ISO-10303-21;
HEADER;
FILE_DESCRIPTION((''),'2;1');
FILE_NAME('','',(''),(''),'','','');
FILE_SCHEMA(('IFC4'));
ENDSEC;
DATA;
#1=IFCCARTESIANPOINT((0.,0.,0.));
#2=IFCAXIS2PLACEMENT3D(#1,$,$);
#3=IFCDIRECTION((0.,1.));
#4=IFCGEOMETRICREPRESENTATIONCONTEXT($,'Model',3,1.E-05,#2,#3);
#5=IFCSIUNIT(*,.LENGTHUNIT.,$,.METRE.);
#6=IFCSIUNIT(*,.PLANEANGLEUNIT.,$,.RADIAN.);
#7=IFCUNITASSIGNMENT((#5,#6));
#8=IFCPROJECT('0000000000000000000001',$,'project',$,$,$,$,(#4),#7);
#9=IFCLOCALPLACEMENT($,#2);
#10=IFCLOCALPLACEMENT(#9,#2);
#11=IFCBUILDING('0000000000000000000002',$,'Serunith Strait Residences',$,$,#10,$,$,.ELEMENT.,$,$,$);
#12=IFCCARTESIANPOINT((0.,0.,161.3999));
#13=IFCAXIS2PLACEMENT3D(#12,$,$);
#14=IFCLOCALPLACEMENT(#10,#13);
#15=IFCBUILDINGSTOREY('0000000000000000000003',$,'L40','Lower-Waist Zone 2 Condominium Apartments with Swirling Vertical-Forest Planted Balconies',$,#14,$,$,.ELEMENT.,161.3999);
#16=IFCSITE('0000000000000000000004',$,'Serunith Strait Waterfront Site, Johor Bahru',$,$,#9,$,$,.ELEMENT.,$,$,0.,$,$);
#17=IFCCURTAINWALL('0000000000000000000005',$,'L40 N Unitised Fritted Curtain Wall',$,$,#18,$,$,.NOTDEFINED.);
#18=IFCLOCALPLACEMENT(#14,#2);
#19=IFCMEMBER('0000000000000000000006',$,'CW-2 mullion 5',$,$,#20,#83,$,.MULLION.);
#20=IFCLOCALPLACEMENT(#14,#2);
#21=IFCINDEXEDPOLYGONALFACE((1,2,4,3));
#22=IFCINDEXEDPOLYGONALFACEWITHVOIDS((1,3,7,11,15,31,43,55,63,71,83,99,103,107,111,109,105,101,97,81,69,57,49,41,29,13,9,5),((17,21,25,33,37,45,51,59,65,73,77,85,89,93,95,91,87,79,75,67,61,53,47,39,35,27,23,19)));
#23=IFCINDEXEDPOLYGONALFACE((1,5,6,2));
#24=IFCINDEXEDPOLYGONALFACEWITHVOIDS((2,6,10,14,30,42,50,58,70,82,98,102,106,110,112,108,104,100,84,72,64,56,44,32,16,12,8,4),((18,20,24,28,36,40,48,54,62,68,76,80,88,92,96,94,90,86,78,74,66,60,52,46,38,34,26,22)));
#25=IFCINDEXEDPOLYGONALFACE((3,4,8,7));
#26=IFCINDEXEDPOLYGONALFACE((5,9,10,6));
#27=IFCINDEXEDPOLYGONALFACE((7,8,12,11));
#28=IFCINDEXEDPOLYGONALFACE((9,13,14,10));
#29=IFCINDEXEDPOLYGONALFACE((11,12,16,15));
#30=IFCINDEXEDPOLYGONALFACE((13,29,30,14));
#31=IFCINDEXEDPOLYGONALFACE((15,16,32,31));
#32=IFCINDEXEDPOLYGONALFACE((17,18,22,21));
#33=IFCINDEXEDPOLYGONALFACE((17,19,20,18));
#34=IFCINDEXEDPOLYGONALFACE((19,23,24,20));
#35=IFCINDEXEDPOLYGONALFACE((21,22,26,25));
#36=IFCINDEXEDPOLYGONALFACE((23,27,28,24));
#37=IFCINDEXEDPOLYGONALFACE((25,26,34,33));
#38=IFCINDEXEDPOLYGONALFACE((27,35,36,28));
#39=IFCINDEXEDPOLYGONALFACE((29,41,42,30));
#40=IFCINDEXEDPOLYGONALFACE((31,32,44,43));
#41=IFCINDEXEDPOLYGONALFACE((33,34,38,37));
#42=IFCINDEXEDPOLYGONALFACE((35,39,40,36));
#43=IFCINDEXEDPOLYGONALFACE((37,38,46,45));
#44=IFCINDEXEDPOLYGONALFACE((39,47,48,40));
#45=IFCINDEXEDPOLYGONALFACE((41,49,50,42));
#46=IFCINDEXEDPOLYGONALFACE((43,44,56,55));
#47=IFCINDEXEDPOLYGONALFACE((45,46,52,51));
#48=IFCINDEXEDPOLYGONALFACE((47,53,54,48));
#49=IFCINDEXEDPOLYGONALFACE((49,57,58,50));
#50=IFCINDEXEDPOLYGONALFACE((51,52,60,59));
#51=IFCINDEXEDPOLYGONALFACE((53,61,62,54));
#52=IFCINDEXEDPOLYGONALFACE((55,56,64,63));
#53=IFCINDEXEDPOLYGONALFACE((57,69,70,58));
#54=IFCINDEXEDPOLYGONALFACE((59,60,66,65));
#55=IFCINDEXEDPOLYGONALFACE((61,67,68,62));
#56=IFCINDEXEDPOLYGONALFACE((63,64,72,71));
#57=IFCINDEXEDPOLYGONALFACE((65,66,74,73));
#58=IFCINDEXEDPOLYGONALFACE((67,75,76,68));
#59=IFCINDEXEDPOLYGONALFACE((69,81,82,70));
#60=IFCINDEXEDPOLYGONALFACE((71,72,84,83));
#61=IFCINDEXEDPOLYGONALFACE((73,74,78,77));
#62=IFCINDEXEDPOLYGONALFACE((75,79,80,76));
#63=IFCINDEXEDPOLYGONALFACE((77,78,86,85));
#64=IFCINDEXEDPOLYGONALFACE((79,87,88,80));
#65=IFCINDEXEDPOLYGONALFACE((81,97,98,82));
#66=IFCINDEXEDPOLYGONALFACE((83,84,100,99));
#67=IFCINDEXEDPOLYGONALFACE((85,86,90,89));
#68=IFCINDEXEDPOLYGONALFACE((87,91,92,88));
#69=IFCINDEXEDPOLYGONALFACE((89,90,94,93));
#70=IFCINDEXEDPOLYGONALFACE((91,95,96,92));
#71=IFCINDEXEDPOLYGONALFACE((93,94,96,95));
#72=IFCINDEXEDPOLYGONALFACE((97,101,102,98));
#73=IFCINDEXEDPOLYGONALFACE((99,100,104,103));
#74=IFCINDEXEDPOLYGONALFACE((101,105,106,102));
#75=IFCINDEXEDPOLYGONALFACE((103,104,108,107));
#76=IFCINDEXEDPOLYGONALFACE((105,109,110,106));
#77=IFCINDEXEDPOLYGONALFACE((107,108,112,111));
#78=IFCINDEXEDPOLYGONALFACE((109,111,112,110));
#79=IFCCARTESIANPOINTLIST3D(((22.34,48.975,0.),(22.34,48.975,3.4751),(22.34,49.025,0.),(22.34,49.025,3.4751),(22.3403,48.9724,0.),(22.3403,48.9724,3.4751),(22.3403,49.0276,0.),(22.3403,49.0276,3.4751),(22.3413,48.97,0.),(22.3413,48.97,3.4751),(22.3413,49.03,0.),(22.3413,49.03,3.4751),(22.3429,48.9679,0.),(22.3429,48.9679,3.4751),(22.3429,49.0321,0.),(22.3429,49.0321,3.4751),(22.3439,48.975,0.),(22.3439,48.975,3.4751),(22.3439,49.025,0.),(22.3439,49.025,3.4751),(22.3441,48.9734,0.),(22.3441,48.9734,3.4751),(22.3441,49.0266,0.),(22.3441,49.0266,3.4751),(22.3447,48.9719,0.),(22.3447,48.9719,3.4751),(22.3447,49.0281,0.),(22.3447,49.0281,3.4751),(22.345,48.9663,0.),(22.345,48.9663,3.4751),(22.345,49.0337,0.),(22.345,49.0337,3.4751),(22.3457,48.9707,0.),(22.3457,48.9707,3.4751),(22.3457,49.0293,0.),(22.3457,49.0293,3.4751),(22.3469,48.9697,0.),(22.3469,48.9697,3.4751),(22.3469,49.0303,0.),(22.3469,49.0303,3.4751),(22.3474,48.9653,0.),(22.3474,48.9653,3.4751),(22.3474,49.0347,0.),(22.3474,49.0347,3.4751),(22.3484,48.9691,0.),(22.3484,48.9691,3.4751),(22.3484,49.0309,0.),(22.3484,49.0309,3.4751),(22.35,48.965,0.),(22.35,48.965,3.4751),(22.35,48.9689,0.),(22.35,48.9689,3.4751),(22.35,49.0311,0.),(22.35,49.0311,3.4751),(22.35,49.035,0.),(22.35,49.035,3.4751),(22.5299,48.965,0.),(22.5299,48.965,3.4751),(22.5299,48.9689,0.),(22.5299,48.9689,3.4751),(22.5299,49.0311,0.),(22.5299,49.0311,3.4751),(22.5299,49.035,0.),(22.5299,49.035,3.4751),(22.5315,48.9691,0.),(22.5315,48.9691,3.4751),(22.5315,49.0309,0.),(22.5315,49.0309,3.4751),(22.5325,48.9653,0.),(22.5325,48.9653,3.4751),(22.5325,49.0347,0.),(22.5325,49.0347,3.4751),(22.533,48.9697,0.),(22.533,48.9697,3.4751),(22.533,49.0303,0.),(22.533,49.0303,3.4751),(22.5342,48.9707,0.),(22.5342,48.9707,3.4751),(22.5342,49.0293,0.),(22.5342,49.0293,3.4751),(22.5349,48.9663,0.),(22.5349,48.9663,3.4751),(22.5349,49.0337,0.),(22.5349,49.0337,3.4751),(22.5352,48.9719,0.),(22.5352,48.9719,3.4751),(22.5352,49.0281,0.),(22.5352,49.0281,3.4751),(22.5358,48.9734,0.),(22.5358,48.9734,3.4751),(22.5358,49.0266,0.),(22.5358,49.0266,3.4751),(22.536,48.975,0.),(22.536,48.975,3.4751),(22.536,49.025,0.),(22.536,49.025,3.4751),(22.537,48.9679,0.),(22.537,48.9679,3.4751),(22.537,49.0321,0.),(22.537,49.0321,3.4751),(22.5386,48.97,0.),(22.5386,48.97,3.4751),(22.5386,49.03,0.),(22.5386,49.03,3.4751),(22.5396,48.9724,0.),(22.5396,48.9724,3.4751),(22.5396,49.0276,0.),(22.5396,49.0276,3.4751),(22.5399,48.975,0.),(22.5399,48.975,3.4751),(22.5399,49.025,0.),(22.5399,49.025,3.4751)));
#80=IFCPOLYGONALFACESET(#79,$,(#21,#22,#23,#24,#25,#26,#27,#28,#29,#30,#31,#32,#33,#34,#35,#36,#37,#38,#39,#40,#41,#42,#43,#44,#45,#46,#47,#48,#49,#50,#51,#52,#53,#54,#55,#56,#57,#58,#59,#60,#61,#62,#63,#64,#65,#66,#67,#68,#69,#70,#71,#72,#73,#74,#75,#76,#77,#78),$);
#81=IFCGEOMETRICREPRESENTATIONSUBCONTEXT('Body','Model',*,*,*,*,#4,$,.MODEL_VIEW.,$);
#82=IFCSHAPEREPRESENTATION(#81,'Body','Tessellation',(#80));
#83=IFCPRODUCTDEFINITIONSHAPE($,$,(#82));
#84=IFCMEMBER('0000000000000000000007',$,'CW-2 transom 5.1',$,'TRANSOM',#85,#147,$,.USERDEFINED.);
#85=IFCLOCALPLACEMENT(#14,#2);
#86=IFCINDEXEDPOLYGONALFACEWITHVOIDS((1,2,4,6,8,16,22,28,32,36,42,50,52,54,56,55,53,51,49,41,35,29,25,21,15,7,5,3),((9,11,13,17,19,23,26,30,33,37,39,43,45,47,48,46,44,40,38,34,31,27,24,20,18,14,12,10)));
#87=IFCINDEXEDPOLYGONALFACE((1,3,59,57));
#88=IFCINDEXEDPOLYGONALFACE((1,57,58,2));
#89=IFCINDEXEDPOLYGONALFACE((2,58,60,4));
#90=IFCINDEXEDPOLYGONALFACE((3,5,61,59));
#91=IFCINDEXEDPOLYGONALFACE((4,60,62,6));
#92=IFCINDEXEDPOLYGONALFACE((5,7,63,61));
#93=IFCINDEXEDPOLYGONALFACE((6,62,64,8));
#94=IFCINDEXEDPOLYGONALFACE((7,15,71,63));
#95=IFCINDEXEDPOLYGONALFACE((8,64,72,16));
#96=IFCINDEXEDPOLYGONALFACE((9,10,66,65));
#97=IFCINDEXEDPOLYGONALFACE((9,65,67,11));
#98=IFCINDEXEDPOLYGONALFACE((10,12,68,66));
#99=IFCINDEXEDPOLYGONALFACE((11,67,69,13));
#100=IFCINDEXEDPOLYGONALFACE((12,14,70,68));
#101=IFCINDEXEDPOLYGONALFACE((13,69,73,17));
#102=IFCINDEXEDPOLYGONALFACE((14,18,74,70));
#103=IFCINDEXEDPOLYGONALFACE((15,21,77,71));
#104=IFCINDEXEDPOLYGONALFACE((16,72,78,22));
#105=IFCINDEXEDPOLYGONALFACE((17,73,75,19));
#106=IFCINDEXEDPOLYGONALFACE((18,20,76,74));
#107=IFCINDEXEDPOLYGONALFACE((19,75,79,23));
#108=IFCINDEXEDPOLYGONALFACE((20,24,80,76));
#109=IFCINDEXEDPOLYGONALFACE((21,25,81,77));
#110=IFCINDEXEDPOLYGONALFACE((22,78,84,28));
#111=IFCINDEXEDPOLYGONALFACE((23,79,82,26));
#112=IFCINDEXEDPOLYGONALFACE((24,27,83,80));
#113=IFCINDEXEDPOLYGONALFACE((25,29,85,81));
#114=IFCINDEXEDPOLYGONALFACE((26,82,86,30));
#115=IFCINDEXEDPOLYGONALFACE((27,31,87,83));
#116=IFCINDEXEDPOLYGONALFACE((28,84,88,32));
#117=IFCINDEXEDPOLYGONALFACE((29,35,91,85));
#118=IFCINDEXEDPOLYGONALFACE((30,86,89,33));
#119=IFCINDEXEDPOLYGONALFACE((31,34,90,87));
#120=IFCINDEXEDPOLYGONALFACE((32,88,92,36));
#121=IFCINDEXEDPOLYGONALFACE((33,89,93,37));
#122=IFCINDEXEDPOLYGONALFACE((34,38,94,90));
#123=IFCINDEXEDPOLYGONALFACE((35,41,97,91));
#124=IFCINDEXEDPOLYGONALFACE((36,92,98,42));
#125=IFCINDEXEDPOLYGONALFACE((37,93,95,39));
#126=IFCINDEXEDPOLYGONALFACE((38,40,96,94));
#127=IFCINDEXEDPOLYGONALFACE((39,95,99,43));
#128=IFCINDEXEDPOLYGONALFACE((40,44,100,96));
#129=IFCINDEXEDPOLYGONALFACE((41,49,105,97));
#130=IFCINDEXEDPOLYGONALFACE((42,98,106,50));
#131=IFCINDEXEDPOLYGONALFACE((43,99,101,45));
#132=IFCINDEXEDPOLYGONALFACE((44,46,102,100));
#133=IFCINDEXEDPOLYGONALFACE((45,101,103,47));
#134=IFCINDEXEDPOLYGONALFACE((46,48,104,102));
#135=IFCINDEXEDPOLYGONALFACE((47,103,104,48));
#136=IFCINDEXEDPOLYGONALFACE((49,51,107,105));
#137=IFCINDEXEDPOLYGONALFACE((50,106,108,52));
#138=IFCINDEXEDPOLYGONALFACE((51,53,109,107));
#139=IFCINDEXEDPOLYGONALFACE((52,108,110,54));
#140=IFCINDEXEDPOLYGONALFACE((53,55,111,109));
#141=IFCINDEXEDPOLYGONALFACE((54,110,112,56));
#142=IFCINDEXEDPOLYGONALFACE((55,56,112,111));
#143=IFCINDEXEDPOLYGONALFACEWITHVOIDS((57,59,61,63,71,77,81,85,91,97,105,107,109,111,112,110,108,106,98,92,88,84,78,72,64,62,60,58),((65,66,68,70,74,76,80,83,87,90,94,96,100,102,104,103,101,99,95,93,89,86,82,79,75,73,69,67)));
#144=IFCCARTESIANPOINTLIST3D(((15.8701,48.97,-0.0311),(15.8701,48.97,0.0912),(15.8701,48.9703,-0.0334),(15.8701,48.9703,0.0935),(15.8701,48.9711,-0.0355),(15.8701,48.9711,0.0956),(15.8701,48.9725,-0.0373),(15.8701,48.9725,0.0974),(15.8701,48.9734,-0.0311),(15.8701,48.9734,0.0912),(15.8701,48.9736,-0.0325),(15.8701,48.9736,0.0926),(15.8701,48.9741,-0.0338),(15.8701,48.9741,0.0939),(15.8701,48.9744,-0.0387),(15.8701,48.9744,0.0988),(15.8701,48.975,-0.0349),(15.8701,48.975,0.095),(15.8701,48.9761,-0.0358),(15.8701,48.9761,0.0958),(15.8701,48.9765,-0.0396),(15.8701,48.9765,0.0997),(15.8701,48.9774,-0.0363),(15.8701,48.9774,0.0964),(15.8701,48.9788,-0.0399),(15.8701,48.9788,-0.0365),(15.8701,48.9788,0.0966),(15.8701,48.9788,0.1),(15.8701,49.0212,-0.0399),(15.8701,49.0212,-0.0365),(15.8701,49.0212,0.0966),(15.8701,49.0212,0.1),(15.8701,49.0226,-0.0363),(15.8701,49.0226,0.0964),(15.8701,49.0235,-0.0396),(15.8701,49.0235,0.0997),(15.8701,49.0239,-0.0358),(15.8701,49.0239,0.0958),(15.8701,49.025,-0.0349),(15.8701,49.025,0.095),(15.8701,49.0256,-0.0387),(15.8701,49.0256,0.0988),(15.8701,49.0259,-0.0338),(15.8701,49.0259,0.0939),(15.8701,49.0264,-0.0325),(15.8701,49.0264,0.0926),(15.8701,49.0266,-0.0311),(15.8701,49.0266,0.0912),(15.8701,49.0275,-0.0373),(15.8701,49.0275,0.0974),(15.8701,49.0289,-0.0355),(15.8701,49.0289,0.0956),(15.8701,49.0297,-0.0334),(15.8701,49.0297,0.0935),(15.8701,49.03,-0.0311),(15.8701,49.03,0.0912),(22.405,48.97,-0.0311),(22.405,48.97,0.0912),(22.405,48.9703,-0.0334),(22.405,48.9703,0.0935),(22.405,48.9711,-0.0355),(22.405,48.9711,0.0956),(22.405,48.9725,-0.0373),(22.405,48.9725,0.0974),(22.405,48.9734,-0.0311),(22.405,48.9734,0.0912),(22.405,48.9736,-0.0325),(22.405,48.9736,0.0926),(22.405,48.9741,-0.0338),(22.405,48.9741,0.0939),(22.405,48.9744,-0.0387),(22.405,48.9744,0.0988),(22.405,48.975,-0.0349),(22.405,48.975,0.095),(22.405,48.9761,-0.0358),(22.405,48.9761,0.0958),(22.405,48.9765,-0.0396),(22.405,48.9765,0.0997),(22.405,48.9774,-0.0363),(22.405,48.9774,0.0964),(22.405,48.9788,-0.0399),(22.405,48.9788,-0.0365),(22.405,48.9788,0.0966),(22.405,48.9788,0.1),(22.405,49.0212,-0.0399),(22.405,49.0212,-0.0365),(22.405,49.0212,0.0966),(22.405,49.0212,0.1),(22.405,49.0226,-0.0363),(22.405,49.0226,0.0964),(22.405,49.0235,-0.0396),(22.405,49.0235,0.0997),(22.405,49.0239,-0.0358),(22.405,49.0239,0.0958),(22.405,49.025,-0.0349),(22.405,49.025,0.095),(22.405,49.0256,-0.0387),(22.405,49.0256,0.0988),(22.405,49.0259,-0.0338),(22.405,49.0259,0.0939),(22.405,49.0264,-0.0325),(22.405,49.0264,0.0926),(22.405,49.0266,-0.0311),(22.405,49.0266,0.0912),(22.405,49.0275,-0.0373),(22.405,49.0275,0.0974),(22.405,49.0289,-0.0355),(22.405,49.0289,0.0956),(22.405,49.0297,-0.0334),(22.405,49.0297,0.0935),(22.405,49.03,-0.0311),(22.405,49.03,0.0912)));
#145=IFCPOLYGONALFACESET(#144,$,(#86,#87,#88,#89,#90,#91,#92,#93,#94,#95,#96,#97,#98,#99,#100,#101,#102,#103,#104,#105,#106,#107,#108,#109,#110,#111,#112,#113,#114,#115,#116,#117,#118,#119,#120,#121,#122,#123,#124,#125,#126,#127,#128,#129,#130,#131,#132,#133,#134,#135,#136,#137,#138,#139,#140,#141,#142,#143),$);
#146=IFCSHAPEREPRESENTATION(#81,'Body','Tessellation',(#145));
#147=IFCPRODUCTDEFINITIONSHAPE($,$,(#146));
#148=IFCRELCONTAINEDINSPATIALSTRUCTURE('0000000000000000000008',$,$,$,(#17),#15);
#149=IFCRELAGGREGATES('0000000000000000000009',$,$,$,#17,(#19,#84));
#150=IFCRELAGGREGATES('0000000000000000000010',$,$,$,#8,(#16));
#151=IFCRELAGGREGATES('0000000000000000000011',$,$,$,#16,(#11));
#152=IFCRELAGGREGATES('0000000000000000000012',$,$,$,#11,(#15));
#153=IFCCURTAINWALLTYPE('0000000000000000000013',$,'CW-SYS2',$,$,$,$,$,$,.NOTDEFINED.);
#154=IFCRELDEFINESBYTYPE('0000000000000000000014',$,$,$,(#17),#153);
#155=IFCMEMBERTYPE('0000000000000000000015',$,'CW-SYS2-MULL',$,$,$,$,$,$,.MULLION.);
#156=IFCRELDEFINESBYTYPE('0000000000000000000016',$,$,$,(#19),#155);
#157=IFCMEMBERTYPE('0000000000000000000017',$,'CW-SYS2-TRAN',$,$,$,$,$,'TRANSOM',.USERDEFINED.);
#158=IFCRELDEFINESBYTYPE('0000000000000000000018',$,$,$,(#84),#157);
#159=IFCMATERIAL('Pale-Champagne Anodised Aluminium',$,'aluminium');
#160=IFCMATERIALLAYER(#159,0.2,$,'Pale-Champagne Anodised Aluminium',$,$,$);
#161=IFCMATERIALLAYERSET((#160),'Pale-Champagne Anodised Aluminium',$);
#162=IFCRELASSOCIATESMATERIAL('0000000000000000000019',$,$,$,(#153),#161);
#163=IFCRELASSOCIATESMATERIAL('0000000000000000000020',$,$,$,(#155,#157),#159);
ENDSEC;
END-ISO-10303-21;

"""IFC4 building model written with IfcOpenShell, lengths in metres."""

from ifc_helpers import new_model, si_unit, direction, frame, origin, origin_2d, place, context, subcontext, project, spatial, hollow_rectangle, extrude, source, transform, mapped, material, layer, layer_set, material_profile, profile_set, type_object, element, aggregate, save


model = new_model("IFC4")

# Units and contexts
model_context = context("Model", 3, precision=1e-05, world=origin(), true_north=direction((0.0, 1.0)))
body_context = subcontext(model_context, "Body", "Model", "MODEL_VIEW")
ifc_project = project(units=[si_unit("LENGTHUNIT", "METRE"), si_unit("PLANEANGLEUNIT", "RADIAN")], contexts=[model_context])

# Site, building, storey
site_placement = place(None, origin())
site = spatial("IfcSite", under=ifc_project, at=site_placement, Name="Serunith Strait Waterfront Site, Johor Bahru", CompositionType="ELEMENT", RefElevation=0.0)
building_placement = place(site_placement, origin())
building = spatial("IfcBuilding", under=site, at=building_placement, Name="Serunith Strait Residences", CompositionType="ELEMENT")
storey_placement = place(building_placement, frame((0.0, 0.0, 161.3999)))
storey = spatial("IfcBuildingStorey", under=building, at=storey_placement, Name="L40", Description="Lower-Waist Zone 2 Condominium Apartments with Swirling Vertical-Forest Planted Balconies", CompositionType="ELEMENT", Elevation=161.3999)

# Curtain wall, members
ifc_material_1 = material(Name="Pale-Champagne Anodised Aluminium", Category="aluminium")
ifc_layer_1 = layer(ifc_material_1, 0.2, Name="Pale-Champagne Anodised Aluminium")
ifc_layer_set_1 = layer_set([ifc_layer_1], Name="Pale-Champagne Anodised Aluminium")
curtain_wall_type = type_object("IfcCurtainWallType", Name="CW-SYS2", PredefinedType="NOTDEFINED", material=ifc_layer_set_1)
curtain_wall_placement = place(storey_placement, origin())
curtain_wall = element("IfcCurtainWall", 1, at=curtain_wall_placement, inside=storey, type_object=curtain_wall_type, Name="L40 N Unitised Fritted Curtain Wall", PredefinedType="NOTDEFINED")
ifc_material_profile_1 = material_profile(ifc_material_1, hollow_rectangle(XDim=0.0701, YDim=0.2, WallThickness=0.0039, InnerFilletRadius=0.0061, OuterFilletRadius=0.01, at=origin_2d()), Name="ALU 200x70x4")
ifc_profile_set_1 = profile_set([ifc_material_profile_1], Name="Pale-Champagne Anodised Aluminium")
member_type_1 = type_object("IfcMemberType", Name="CW-SYS2-MULL", PredefinedType="MULLION", material=ifc_profile_set_1)
shared_shape_1 = source(origin(), body_context, "Body", "SweptSolid", [
    extrude(hollow_rectangle(XDim=0.0701, YDim=0.2, WallThickness=0.0039, InnerFilletRadius=0.0061, OuterFilletRadius=0.01, at=origin_2d()), origin(), (0.0, 0.0, 1.0), 3.4751),
])
member_1_placement = place(storey_placement, frame((22.4399, 49.0, 0.0), z_axis=(0.0, 0.0, 1.0), x_axis=(0.0, -1.0, 0.0)))
member_1 = element("IfcMember", 2, at=member_1_placement, type_object=member_type_1, Name="CW-2 mullion 5", PredefinedType="MULLION", context=body_context, shape_type="MappedRepresentation", body=[
    mapped(shared_shape_1, transform((0.0, 0.0, 0.0), scale=1.0)),
])
ifc_material_profile_2 = material_profile(ifc_material_1, hollow_rectangle(XDim=0.0601, YDim=0.1399, WallThickness=0.0034, InnerFilletRadius=0.0054, OuterFilletRadius=0.0088, at=origin_2d()), Name="ALU 140x60x3.5")
ifc_profile_set_2 = profile_set([ifc_material_profile_2], Name="Pale-Champagne Anodised Aluminium")
member_type_2 = type_object("IfcMemberType", Name="CW-SYS2-TRAN", ElementType="TRANSOM", PredefinedType="USERDEFINED", material=ifc_profile_set_2)
shared_shape_2 = source(origin(), body_context, "Body", "SweptSolid", [
    extrude(hollow_rectangle(XDim=0.0601, YDim=0.1399, WallThickness=0.0034, InnerFilletRadius=0.0054, OuterFilletRadius=0.0088, at=origin_2d()), origin(), (0.0, 0.0, 1.0), 6.5349),
])
member_2_placement = place(storey_placement, frame((22.405, 49.0, 0.03), z_axis=(-1.0, 0.0, 0.0), x_axis=(0.0, -1.0, 0.0)))
member_2 = element("IfcMember", 3, at=member_2_placement, type_object=member_type_2, Name="CW-2 transom 5.1", ObjectType="TRANSOM", PredefinedType="USERDEFINED", context=body_context, shape_type="MappedRepresentation", body=[
    mapped(shared_shape_2, transform((0.0, 0.0, 0.0), scale=1.0)),
])
aggregate(curtain_wall, [member_1, member_2])

save(model, "model.ifc")
